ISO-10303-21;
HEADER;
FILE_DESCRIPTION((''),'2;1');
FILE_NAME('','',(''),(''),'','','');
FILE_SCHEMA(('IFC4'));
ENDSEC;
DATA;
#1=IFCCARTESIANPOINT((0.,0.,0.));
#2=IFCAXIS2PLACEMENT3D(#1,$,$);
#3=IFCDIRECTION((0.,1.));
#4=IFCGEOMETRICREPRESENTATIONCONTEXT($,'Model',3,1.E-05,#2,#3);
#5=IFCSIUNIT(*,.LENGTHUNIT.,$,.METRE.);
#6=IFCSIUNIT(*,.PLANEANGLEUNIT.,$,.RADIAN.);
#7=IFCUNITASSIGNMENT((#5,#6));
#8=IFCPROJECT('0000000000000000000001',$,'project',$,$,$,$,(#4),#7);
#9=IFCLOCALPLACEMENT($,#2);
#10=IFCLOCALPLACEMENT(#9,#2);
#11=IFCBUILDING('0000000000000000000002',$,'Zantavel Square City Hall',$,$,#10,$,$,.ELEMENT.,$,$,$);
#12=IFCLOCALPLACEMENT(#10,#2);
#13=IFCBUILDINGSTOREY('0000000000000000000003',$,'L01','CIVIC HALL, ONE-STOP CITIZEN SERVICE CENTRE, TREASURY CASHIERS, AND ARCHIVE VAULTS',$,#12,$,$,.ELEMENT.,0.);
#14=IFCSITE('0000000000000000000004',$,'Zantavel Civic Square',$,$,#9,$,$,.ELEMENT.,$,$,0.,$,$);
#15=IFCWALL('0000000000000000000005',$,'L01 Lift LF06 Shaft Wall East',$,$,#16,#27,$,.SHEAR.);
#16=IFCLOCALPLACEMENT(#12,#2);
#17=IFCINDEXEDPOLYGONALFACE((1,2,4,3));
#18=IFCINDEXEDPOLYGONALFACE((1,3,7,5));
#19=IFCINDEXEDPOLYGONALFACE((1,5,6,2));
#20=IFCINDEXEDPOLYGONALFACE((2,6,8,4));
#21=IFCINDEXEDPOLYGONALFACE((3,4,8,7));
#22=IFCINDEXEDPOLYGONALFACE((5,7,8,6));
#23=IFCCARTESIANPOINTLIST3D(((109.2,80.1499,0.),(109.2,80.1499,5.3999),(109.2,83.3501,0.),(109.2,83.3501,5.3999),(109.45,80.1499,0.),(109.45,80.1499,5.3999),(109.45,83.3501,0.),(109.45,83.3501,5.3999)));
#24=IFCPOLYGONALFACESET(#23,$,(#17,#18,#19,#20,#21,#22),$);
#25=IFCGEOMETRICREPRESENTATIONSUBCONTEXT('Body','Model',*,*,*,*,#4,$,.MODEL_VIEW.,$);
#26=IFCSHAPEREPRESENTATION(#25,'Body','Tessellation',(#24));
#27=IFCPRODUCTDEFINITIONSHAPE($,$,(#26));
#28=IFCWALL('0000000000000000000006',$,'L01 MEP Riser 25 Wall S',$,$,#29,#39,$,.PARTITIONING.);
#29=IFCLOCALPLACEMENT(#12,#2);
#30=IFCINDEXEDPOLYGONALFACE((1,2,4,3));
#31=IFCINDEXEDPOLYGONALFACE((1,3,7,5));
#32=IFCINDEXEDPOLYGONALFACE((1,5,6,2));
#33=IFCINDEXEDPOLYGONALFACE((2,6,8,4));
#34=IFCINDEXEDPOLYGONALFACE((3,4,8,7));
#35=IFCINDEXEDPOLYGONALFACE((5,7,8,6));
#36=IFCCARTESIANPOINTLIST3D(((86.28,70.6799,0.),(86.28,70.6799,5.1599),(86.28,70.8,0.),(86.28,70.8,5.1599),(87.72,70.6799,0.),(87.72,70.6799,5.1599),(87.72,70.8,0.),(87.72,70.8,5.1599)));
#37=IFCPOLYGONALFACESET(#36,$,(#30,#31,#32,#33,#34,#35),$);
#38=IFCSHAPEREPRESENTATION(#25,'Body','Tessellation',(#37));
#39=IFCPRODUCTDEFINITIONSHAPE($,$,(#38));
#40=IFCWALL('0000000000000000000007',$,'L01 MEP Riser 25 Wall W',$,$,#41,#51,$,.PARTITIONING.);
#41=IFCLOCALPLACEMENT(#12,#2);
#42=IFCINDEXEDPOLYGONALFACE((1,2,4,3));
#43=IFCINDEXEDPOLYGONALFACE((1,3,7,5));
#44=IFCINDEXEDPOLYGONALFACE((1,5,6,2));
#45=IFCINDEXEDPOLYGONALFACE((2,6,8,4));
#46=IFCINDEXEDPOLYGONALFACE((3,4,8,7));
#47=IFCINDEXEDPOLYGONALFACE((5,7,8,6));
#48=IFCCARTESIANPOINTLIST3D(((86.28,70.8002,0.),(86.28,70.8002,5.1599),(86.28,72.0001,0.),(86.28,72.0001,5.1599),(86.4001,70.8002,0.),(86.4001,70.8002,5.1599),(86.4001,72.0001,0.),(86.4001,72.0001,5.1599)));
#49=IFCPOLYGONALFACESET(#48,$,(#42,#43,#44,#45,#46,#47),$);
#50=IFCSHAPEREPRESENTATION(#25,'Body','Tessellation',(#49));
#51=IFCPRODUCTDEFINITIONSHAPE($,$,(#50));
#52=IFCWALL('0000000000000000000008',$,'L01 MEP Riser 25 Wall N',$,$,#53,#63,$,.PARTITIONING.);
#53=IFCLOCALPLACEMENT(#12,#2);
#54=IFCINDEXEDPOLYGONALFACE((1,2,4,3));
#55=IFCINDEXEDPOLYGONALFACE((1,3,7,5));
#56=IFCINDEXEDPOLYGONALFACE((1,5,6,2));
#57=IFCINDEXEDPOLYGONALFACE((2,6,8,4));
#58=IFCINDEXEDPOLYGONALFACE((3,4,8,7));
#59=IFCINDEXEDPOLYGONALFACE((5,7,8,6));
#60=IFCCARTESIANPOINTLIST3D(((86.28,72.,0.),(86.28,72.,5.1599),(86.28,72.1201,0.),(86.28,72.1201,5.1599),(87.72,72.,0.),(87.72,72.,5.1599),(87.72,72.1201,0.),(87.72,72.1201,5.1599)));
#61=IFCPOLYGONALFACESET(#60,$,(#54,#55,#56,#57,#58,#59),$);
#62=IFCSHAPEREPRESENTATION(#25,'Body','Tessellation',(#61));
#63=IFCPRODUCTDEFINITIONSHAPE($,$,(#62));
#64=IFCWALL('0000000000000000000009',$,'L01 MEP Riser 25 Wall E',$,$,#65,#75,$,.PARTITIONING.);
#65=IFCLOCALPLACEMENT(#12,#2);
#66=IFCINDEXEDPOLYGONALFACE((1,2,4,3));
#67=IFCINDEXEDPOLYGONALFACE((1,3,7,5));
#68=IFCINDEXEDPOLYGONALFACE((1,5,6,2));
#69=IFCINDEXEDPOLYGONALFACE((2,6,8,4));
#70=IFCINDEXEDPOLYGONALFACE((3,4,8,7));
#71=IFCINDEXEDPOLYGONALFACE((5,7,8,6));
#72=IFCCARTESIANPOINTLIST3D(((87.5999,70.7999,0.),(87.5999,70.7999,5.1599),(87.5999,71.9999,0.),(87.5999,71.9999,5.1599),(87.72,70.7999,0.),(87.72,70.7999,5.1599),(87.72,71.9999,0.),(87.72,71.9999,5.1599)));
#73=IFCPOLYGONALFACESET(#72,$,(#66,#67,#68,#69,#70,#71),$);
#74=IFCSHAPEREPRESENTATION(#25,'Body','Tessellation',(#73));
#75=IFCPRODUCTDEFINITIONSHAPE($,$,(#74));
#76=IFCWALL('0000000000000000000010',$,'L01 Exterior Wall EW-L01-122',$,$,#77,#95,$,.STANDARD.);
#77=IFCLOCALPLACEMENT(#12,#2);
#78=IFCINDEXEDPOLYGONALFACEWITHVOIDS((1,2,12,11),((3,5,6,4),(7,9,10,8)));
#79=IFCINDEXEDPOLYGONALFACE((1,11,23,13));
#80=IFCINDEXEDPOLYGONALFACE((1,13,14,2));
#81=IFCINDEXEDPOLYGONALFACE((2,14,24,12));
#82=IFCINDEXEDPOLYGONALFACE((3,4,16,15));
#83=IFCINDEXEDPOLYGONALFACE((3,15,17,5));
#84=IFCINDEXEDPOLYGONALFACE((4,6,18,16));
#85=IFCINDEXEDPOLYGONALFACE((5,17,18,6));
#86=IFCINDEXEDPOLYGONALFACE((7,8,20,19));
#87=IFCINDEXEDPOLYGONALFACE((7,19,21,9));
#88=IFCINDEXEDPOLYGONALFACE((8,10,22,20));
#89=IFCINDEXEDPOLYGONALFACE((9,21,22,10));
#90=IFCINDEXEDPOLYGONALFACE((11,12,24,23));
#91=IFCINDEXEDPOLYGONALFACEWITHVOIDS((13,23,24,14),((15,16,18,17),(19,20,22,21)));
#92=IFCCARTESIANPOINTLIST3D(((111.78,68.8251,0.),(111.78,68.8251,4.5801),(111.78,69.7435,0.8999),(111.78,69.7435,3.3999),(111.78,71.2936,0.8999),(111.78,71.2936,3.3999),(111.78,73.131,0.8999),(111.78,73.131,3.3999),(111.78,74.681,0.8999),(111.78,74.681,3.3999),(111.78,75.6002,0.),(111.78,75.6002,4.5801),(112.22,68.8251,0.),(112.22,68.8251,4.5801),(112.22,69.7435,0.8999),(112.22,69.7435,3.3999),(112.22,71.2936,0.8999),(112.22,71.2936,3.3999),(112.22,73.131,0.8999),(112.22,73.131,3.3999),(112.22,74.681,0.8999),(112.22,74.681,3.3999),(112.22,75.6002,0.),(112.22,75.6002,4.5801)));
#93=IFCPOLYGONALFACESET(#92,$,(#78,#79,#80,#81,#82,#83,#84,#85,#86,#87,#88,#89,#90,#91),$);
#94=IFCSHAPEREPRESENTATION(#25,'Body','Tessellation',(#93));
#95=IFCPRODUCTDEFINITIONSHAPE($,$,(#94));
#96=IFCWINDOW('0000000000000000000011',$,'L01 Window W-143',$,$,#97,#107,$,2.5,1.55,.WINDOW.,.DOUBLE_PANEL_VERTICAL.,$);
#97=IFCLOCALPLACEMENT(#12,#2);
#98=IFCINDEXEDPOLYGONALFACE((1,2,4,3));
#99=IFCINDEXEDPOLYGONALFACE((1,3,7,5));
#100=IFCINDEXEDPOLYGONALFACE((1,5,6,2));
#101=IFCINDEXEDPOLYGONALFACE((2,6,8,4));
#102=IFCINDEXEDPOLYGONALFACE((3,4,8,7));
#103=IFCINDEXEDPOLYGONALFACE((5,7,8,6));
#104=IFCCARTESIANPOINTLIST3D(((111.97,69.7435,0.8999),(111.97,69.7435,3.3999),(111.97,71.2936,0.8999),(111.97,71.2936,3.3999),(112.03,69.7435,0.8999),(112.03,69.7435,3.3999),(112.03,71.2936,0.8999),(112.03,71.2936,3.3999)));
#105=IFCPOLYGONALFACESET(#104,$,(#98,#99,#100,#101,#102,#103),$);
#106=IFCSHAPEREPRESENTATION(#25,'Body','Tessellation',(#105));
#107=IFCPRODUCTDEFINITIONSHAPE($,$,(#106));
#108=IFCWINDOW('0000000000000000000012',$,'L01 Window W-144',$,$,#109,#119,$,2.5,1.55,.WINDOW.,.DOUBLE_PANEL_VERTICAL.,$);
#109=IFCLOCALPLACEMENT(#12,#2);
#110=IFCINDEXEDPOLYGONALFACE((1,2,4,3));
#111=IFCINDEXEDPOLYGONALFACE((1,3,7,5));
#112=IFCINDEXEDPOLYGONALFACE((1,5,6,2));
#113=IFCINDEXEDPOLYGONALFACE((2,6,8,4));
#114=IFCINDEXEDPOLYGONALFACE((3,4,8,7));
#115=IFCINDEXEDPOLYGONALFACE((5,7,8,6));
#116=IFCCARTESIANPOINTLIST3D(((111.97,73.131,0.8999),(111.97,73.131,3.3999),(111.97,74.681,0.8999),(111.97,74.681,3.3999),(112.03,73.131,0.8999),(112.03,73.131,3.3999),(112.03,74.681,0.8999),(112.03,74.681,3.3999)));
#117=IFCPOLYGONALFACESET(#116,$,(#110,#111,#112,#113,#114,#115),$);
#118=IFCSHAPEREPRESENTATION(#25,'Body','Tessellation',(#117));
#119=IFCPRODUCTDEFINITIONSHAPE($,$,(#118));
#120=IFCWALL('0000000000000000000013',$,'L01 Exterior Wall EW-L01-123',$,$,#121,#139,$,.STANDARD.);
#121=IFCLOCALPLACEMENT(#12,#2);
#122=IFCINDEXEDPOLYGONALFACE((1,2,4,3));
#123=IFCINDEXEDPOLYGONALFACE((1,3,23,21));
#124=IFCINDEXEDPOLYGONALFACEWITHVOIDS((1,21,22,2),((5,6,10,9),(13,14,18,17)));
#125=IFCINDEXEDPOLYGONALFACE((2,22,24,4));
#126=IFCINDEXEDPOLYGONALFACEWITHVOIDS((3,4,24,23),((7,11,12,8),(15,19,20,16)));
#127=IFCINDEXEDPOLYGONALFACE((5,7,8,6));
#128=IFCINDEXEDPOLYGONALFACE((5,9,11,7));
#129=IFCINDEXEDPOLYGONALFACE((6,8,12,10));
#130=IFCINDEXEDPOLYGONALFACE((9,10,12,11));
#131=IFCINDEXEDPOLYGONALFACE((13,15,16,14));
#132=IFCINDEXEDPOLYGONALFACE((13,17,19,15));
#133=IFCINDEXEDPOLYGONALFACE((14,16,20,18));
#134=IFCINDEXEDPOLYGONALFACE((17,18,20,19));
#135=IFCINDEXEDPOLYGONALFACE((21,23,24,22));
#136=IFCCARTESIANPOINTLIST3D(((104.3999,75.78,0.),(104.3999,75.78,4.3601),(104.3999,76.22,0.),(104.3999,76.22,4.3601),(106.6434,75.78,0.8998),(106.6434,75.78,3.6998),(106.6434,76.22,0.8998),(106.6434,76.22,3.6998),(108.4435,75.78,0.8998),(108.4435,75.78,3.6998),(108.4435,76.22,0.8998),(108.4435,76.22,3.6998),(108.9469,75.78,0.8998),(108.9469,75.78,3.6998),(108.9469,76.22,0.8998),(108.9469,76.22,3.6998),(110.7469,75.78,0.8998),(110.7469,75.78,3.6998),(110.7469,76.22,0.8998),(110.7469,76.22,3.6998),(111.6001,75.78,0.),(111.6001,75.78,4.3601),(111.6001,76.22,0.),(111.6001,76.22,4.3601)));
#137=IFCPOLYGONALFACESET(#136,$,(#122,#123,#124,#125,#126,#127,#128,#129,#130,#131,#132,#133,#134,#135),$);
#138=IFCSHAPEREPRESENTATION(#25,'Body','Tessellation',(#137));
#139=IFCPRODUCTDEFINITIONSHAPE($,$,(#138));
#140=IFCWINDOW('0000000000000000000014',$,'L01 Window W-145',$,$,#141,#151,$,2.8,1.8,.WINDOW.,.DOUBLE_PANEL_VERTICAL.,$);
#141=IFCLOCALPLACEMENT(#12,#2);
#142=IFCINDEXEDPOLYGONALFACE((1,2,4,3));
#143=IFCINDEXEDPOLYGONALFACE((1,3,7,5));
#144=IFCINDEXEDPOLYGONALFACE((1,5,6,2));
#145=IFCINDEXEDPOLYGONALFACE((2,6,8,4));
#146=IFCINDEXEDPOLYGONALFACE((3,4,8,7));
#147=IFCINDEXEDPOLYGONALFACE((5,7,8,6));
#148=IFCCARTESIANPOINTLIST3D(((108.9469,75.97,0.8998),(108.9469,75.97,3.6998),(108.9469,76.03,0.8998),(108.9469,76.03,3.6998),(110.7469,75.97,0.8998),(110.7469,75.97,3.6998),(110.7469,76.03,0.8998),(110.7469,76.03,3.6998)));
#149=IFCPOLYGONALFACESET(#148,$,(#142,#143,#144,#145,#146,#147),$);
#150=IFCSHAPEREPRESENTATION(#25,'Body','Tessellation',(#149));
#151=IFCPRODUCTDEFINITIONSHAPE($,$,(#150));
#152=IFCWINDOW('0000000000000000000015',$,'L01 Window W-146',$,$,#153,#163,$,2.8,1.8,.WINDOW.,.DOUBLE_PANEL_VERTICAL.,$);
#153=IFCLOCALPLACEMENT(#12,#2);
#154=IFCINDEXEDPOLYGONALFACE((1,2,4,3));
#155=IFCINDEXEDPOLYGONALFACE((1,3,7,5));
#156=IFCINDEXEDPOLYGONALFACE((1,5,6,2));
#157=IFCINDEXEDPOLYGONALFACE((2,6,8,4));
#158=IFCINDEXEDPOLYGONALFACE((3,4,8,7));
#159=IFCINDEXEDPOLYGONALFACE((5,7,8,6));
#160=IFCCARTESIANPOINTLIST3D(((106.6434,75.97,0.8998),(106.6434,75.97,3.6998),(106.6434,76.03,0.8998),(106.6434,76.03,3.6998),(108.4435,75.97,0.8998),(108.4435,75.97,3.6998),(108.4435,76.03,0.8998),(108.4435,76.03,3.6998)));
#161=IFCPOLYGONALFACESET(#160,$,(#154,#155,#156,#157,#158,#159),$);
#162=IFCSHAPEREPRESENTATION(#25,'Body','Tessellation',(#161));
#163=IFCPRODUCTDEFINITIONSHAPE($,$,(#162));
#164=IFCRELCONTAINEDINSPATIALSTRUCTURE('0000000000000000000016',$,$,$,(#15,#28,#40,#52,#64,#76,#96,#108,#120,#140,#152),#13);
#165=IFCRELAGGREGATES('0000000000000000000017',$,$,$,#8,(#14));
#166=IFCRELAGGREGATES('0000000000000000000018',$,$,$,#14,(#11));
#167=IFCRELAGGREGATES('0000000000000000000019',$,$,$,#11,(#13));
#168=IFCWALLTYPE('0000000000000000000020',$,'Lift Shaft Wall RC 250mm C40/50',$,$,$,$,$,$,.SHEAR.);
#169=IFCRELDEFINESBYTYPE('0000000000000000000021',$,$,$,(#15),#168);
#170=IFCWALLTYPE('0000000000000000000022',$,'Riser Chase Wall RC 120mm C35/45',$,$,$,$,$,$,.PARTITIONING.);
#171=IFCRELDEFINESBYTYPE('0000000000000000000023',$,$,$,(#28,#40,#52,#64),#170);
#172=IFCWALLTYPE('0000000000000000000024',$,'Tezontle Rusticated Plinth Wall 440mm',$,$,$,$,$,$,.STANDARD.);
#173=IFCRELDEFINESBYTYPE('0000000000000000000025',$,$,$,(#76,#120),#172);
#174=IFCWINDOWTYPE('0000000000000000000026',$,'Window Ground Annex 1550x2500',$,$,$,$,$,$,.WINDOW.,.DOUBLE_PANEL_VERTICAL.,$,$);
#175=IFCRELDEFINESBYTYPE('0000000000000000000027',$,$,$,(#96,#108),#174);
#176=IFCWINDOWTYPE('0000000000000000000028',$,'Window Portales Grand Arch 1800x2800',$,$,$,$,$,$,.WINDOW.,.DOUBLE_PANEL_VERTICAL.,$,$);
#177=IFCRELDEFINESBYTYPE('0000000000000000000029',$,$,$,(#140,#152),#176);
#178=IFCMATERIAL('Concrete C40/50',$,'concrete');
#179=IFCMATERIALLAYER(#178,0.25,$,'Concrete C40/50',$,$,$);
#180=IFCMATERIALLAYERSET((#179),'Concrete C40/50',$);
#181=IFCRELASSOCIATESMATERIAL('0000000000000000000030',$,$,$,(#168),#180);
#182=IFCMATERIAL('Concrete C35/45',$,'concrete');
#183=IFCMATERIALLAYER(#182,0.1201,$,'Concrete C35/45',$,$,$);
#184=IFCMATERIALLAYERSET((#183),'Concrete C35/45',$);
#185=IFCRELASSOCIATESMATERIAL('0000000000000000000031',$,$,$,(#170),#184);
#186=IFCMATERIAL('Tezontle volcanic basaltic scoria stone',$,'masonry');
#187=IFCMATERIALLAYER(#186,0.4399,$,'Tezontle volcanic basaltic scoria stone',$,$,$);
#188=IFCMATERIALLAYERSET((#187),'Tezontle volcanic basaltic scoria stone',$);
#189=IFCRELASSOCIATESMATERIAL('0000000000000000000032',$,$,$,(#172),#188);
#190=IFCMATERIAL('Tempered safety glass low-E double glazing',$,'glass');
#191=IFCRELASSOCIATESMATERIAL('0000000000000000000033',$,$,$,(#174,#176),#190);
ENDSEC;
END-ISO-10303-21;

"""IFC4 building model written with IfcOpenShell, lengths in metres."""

from ifc_helpers import new_model, si_unit, direction, frame, frame_2d, origin, place, context, subcontext, project, spatial, rectangle, extrude, material, layer, layer_set, type_object, element, fill, save


model = new_model("IFC4")

# Units and contexts
model_context = context("Model", 3, precision=1e-05, world=origin(), true_north=direction((0.0, 1.0)))
body_context = subcontext(model_context, "Body", "Model", "MODEL_VIEW")
ifc_project = project(units=[si_unit("LENGTHUNIT", "METRE"), si_unit("PLANEANGLEUNIT", "RADIAN")], contexts=[model_context])

# Site, building, storey
site_placement = place(None, origin())
site = spatial("IfcSite", under=ifc_project, at=site_placement, Name="Zantavel Civic Square", CompositionType="ELEMENT", RefElevation=0.0)
building_placement = place(site_placement, origin())
building = spatial("IfcBuilding", under=site, at=building_placement, Name="Zantavel Square City Hall", CompositionType="ELEMENT")
storey_placement = place(building_placement, origin())
storey = spatial("IfcBuildingStorey", under=building, at=storey_placement, Name="L01", Description="CIVIC HALL, ONE-STOP CITIZEN SERVICE CENTRE, TREASURY CASHIERS, AND ARCHIVE VAULTS", CompositionType="ELEMENT", Elevation=0.0)

# Shared definitions
ifc_material_1 = material(Name="Concrete C40/50", Category="concrete")

# Shared definitions
ifc_material_2 = material(Name="Concrete C35/45", Category="concrete")

# Shared definitions
ifc_layer_1 = layer(ifc_material_1, 0.25, Name="Concrete C40/50")
ifc_layer_set_1 = layer_set([ifc_layer_1], Name="Concrete C40/50")
wall_type_1 = type_object("IfcWallType", Name="Lift Shaft Wall RC 250mm C40/50", PredefinedType="SHEAR", material=ifc_layer_set_1)

# Walls
wall_1_placement = place(storey_placement, frame((109.325, 83.3501, 0.0), z_axis=(0.0, 0.0, 1.0), x_axis=(0.0, -1.0, 0.0)))
element("IfcWall", 1, at=wall_1_placement, inside=storey, type_object=wall_type_1, Name="L01 Lift LF06 Shaft Wall East", PredefinedType="SHEAR", context=body_context, shape_type="SweptSolid", body=[
    extrude(rectangle(XDim=3.2002, YDim=0.25, at=frame_2d((1.6001, 0.0))), origin(), (0.0, 0.0, 1.0), 5.3999),
])
ifc_layer_2 = layer(ifc_material_2, 0.1201, Name="Concrete C35/45")
ifc_layer_set_2 = layer_set([ifc_layer_2], Name="Concrete C35/45")
wall_type_2 = type_object("IfcWallType", Name="Riser Chase Wall RC 120mm C35/45", PredefinedType="PARTITIONING", material=ifc_layer_set_2)
wall_2_placement = place(storey_placement, frame((87.72, 70.74, 0.0), z_axis=(0.0, 0.0, 1.0), x_axis=(-1.0, 0.0, 0.0)))
element("IfcWall", 2, at=wall_2_placement, inside=storey, type_object=wall_type_2, Name="L01 MEP Riser 25 Wall S", PredefinedType="PARTITIONING", context=body_context, shape_type="SweptSolid", body=[
    extrude(rectangle(XDim=1.4399, YDim=0.1201, at=frame_2d((0.72, 0.0))), origin(), (0.0, 0.0, 1.0), 5.1599),
])
wall_3_placement = place(storey_placement, frame((86.3401, 70.8, 0.0), z_axis=(0.0, 0.0, 1.0), x_axis=(0.0, 1.0, 0.0)))
element("IfcWall", 3, at=wall_3_placement, inside=storey, type_object=wall_type_2, Name="L01 MEP Riser 25 Wall W", PredefinedType="PARTITIONING", context=body_context, shape_type="SweptSolid", body=[
    extrude(rectangle(XDim=1.2, YDim=0.1201, at=frame_2d((0.6001, 0.0))), origin(), (0.0, 0.0, 1.0), 5.1599),
])
wall_4_placement = place(storey_placement, frame((86.28, 72.0601, 0.0), z_axis=(0.0, 0.0, 1.0), x_axis=(1.0, 0.0, 0.0)))
element("IfcWall", 4, at=wall_4_placement, inside=storey, type_object=wall_type_2, Name="L01 MEP Riser 25 Wall N", PredefinedType="PARTITIONING", context=body_context, shape_type="SweptSolid", body=[
    extrude(rectangle(XDim=1.4399, YDim=0.1201, at=frame_2d((0.72, 0.0))), origin(), (0.0, 0.0, 1.0), 5.1599),
])
wall_5_placement = place(storey_placement, frame((87.6599, 72.0, 0.0), z_axis=(0.0, 0.0, 1.0), x_axis=(0.0, -1.0, 0.0)))
element("IfcWall", 5, at=wall_5_placement, inside=storey, type_object=wall_type_2, Name="L01 MEP Riser 25 Wall E", PredefinedType="PARTITIONING", context=body_context, shape_type="SweptSolid", body=[
    extrude(rectangle(XDim=1.2, YDim=0.1201, at=frame_2d((0.6001, 0.0))), origin(), (0.0, 0.0, 1.0), 5.1599),
])

# Walls, openings, windows
ifc_material_3 = material(Name="Tezontle volcanic basaltic scoria stone", Category="masonry")
ifc_layer_3 = layer(ifc_material_3, 0.4399, Name="Tezontle volcanic basaltic scoria stone")
ifc_layer_set_3 = layer_set([ifc_layer_3], Name="Tezontle volcanic basaltic scoria stone")
wall_type_3 = type_object("IfcWallType", Name="Tezontle Rusticated Plinth Wall 440mm", PredefinedType="STANDARD", material=ifc_layer_set_3)
wall_6_placement = place(storey_placement, frame((112.0, 68.825, 0.0), z_axis=(0.0, 0.0, 1.0), x_axis=(0.0, 1.0, 0.0)))
wall_6 = element("IfcWall", 6, at=wall_6_placement, inside=storey, type_object=wall_type_3, Name="L01 Exterior Wall EW-L01-122", PredefinedType="STANDARD", context=body_context, shape_type="SweptSolid", body=[
    extrude(rectangle(XDim=6.7751, YDim=0.4399, at=frame_2d((3.3877, 0.0))), origin(), (0.0, 0.0, 1.0), 4.5801),
])
opening_1_placement = place(wall_6_placement, frame((0.9187, 0.0, 0.8999)))
opening_1 = element("IfcOpeningElement", 7, at=opening_1_placement, cuts=wall_6, PredefinedType="OPENING", context=body_context, shape_type="SweptSolid", body=[
    extrude(rectangle(XDim=1.55, YDim=2.5, at=frame_2d((0.7749, 1.25))), frame((0.0, 0.23, 0.0), z_axis=(0.0, -1.0, 0.0), x_axis=(1.0, 0.0, 0.0)), (0.0, 0.0, 1.0), 0.46),
])
opening_2_placement = place(wall_6_placement, frame((4.3062, 0.0, 0.8999)))
opening_2 = element("IfcOpeningElement", 8, at=opening_2_placement, cuts=wall_6, PredefinedType="OPENING", context=body_context, shape_type="SweptSolid", body=[
    extrude(rectangle(XDim=1.55, YDim=2.5, at=frame_2d((0.7749, 1.25))), frame((0.0, 0.23, 0.0), z_axis=(0.0, -1.0, 0.0), x_axis=(1.0, 0.0, 0.0)), (0.0, 0.0, 1.0), 0.46),
])
ifc_material_4 = material(Name="Tempered safety glass low-E double glazing", Category="glass")
window_type_1 = type_object("IfcWindowType", Name="Window Ground Annex 1550x2500", PartitioningType="DOUBLE_PANEL_VERTICAL", PredefinedType="WINDOW", material=ifc_material_4)
window_1_placement = place(opening_1_placement, origin())
window_1 = element("IfcWindow", 9, at=window_1_placement, inside=storey, type_object=window_type_1, Name="L01 Window W-143", OverallHeight=2.5, OverallWidth=1.55, PartitioningType="DOUBLE_PANEL_VERTICAL", PredefinedType="WINDOW", context=body_context, shape_type="SweptSolid", body=[
    extrude(rectangle(XDim=1.55, YDim=2.5, at=frame_2d((0.7749, 1.25))), frame((0.0, 0.03, 0.0), z_axis=(0.0, -1.0, 0.0), x_axis=(1.0, 0.0, 0.0)), (0.0, 0.0, 1.0), 0.0601),
])
fill(opening_1, window_1)
window_2_placement = place(opening_2_placement, origin())
window_2 = element("IfcWindow", 10, at=window_2_placement, inside=storey, type_object=window_type_1, Name="L01 Window W-144", OverallHeight=2.5, OverallWidth=1.55, PartitioningType="DOUBLE_PANEL_VERTICAL", PredefinedType="WINDOW", context=body_context, shape_type="SweptSolid", body=[
    extrude(rectangle(XDim=1.55, YDim=2.5, at=frame_2d((0.7749, 1.25))), frame((0.0, 0.03, 0.0), z_axis=(0.0, -1.0, 0.0), x_axis=(1.0, 0.0, 0.0)), (0.0, 0.0, 1.0), 0.0601),
])
fill(opening_2, window_2)
wall_7_placement = place(storey_placement, frame((111.6001, 76.0, 0.0), z_axis=(0.0, 0.0, 1.0), x_axis=(-1.0, 0.0, 0.0)))
wall_7 = element("IfcWall", 11, at=wall_7_placement, inside=storey, type_object=wall_type_3, Name="L01 Exterior Wall EW-L01-123", PredefinedType="STANDARD", context=body_context, shape_type="SweptSolid", body=[
    extrude(rectangle(XDim=7.2002, YDim=0.4399, at=frame_2d((3.6001, 0.0))), origin(), (0.0, 0.0, 1.0), 4.3601),
])
opening_3_placement = place(wall_7_placement, frame((0.8533, 0.0, 0.8999)))
opening_3 = element("IfcOpeningElement", 12, at=opening_3_placement, cuts=wall_7, PredefinedType="OPENING", context=body_context, shape_type="SweptSolid", body=[
    extrude(rectangle(XDim=1.8, YDim=2.8, at=frame_2d((0.8999, 1.3999))), frame((0.0, 0.23, 0.0), z_axis=(0.0, -1.0, 0.0), x_axis=(1.0, 0.0, 0.0)), (0.0, 0.0, 1.0), 0.46),
])
opening_4_placement = place(wall_7_placement, frame((3.1567, 0.0, 0.8999)))
opening_4 = element("IfcOpeningElement", 13, at=opening_4_placement, cuts=wall_7, PredefinedType="OPENING", context=body_context, shape_type="SweptSolid", body=[
    extrude(rectangle(XDim=1.8, YDim=2.8, at=frame_2d((0.8999, 1.3999))), frame((0.0, 0.23, 0.0), z_axis=(0.0, -1.0, 0.0), x_axis=(1.0, 0.0, 0.0)), (0.0, 0.0, 1.0), 0.46),
])
window_type_2 = type_object("IfcWindowType", Name="Window Portales Grand Arch 1800x2800", PartitioningType="DOUBLE_PANEL_VERTICAL", PredefinedType="WINDOW", material=ifc_material_4)
window_3_placement = place(opening_3_placement, origin())
window_3 = element("IfcWindow", 14, at=window_3_placement, inside=storey, type_object=window_type_2, Name="L01 Window W-145", OverallHeight=2.8, OverallWidth=1.8, PartitioningType="DOUBLE_PANEL_VERTICAL", PredefinedType="WINDOW", context=body_context, shape_type="SweptSolid", body=[
    extrude(rectangle(XDim=1.8, YDim=2.8, at=frame_2d((0.8999, 1.3999))), frame((0.0, 0.03, 0.0), z_axis=(0.0, -1.0, 0.0), x_axis=(1.0, 0.0, 0.0)), (0.0, 0.0, 1.0), 0.0601),
])
fill(opening_3, window_3)
window_4_placement = place(opening_4_placement, origin())
window_4 = element("IfcWindow", 15, at=window_4_placement, inside=storey, type_object=window_type_2, Name="L01 Window W-146", OverallHeight=2.8, OverallWidth=1.8, PartitioningType="DOUBLE_PANEL_VERTICAL", PredefinedType="WINDOW", context=body_context, shape_type="SweptSolid", body=[
    extrude(rectangle(XDim=1.8, YDim=2.8, at=frame_2d((0.8999, 1.3999))), frame((0.0, 0.03, 0.0), z_axis=(0.0, -1.0, 0.0), x_axis=(1.0, 0.0, 0.0)), (0.0, 0.0, 1.0), 0.0601),
])
fill(opening_4, window_4)

save(model, "model.ifc")
